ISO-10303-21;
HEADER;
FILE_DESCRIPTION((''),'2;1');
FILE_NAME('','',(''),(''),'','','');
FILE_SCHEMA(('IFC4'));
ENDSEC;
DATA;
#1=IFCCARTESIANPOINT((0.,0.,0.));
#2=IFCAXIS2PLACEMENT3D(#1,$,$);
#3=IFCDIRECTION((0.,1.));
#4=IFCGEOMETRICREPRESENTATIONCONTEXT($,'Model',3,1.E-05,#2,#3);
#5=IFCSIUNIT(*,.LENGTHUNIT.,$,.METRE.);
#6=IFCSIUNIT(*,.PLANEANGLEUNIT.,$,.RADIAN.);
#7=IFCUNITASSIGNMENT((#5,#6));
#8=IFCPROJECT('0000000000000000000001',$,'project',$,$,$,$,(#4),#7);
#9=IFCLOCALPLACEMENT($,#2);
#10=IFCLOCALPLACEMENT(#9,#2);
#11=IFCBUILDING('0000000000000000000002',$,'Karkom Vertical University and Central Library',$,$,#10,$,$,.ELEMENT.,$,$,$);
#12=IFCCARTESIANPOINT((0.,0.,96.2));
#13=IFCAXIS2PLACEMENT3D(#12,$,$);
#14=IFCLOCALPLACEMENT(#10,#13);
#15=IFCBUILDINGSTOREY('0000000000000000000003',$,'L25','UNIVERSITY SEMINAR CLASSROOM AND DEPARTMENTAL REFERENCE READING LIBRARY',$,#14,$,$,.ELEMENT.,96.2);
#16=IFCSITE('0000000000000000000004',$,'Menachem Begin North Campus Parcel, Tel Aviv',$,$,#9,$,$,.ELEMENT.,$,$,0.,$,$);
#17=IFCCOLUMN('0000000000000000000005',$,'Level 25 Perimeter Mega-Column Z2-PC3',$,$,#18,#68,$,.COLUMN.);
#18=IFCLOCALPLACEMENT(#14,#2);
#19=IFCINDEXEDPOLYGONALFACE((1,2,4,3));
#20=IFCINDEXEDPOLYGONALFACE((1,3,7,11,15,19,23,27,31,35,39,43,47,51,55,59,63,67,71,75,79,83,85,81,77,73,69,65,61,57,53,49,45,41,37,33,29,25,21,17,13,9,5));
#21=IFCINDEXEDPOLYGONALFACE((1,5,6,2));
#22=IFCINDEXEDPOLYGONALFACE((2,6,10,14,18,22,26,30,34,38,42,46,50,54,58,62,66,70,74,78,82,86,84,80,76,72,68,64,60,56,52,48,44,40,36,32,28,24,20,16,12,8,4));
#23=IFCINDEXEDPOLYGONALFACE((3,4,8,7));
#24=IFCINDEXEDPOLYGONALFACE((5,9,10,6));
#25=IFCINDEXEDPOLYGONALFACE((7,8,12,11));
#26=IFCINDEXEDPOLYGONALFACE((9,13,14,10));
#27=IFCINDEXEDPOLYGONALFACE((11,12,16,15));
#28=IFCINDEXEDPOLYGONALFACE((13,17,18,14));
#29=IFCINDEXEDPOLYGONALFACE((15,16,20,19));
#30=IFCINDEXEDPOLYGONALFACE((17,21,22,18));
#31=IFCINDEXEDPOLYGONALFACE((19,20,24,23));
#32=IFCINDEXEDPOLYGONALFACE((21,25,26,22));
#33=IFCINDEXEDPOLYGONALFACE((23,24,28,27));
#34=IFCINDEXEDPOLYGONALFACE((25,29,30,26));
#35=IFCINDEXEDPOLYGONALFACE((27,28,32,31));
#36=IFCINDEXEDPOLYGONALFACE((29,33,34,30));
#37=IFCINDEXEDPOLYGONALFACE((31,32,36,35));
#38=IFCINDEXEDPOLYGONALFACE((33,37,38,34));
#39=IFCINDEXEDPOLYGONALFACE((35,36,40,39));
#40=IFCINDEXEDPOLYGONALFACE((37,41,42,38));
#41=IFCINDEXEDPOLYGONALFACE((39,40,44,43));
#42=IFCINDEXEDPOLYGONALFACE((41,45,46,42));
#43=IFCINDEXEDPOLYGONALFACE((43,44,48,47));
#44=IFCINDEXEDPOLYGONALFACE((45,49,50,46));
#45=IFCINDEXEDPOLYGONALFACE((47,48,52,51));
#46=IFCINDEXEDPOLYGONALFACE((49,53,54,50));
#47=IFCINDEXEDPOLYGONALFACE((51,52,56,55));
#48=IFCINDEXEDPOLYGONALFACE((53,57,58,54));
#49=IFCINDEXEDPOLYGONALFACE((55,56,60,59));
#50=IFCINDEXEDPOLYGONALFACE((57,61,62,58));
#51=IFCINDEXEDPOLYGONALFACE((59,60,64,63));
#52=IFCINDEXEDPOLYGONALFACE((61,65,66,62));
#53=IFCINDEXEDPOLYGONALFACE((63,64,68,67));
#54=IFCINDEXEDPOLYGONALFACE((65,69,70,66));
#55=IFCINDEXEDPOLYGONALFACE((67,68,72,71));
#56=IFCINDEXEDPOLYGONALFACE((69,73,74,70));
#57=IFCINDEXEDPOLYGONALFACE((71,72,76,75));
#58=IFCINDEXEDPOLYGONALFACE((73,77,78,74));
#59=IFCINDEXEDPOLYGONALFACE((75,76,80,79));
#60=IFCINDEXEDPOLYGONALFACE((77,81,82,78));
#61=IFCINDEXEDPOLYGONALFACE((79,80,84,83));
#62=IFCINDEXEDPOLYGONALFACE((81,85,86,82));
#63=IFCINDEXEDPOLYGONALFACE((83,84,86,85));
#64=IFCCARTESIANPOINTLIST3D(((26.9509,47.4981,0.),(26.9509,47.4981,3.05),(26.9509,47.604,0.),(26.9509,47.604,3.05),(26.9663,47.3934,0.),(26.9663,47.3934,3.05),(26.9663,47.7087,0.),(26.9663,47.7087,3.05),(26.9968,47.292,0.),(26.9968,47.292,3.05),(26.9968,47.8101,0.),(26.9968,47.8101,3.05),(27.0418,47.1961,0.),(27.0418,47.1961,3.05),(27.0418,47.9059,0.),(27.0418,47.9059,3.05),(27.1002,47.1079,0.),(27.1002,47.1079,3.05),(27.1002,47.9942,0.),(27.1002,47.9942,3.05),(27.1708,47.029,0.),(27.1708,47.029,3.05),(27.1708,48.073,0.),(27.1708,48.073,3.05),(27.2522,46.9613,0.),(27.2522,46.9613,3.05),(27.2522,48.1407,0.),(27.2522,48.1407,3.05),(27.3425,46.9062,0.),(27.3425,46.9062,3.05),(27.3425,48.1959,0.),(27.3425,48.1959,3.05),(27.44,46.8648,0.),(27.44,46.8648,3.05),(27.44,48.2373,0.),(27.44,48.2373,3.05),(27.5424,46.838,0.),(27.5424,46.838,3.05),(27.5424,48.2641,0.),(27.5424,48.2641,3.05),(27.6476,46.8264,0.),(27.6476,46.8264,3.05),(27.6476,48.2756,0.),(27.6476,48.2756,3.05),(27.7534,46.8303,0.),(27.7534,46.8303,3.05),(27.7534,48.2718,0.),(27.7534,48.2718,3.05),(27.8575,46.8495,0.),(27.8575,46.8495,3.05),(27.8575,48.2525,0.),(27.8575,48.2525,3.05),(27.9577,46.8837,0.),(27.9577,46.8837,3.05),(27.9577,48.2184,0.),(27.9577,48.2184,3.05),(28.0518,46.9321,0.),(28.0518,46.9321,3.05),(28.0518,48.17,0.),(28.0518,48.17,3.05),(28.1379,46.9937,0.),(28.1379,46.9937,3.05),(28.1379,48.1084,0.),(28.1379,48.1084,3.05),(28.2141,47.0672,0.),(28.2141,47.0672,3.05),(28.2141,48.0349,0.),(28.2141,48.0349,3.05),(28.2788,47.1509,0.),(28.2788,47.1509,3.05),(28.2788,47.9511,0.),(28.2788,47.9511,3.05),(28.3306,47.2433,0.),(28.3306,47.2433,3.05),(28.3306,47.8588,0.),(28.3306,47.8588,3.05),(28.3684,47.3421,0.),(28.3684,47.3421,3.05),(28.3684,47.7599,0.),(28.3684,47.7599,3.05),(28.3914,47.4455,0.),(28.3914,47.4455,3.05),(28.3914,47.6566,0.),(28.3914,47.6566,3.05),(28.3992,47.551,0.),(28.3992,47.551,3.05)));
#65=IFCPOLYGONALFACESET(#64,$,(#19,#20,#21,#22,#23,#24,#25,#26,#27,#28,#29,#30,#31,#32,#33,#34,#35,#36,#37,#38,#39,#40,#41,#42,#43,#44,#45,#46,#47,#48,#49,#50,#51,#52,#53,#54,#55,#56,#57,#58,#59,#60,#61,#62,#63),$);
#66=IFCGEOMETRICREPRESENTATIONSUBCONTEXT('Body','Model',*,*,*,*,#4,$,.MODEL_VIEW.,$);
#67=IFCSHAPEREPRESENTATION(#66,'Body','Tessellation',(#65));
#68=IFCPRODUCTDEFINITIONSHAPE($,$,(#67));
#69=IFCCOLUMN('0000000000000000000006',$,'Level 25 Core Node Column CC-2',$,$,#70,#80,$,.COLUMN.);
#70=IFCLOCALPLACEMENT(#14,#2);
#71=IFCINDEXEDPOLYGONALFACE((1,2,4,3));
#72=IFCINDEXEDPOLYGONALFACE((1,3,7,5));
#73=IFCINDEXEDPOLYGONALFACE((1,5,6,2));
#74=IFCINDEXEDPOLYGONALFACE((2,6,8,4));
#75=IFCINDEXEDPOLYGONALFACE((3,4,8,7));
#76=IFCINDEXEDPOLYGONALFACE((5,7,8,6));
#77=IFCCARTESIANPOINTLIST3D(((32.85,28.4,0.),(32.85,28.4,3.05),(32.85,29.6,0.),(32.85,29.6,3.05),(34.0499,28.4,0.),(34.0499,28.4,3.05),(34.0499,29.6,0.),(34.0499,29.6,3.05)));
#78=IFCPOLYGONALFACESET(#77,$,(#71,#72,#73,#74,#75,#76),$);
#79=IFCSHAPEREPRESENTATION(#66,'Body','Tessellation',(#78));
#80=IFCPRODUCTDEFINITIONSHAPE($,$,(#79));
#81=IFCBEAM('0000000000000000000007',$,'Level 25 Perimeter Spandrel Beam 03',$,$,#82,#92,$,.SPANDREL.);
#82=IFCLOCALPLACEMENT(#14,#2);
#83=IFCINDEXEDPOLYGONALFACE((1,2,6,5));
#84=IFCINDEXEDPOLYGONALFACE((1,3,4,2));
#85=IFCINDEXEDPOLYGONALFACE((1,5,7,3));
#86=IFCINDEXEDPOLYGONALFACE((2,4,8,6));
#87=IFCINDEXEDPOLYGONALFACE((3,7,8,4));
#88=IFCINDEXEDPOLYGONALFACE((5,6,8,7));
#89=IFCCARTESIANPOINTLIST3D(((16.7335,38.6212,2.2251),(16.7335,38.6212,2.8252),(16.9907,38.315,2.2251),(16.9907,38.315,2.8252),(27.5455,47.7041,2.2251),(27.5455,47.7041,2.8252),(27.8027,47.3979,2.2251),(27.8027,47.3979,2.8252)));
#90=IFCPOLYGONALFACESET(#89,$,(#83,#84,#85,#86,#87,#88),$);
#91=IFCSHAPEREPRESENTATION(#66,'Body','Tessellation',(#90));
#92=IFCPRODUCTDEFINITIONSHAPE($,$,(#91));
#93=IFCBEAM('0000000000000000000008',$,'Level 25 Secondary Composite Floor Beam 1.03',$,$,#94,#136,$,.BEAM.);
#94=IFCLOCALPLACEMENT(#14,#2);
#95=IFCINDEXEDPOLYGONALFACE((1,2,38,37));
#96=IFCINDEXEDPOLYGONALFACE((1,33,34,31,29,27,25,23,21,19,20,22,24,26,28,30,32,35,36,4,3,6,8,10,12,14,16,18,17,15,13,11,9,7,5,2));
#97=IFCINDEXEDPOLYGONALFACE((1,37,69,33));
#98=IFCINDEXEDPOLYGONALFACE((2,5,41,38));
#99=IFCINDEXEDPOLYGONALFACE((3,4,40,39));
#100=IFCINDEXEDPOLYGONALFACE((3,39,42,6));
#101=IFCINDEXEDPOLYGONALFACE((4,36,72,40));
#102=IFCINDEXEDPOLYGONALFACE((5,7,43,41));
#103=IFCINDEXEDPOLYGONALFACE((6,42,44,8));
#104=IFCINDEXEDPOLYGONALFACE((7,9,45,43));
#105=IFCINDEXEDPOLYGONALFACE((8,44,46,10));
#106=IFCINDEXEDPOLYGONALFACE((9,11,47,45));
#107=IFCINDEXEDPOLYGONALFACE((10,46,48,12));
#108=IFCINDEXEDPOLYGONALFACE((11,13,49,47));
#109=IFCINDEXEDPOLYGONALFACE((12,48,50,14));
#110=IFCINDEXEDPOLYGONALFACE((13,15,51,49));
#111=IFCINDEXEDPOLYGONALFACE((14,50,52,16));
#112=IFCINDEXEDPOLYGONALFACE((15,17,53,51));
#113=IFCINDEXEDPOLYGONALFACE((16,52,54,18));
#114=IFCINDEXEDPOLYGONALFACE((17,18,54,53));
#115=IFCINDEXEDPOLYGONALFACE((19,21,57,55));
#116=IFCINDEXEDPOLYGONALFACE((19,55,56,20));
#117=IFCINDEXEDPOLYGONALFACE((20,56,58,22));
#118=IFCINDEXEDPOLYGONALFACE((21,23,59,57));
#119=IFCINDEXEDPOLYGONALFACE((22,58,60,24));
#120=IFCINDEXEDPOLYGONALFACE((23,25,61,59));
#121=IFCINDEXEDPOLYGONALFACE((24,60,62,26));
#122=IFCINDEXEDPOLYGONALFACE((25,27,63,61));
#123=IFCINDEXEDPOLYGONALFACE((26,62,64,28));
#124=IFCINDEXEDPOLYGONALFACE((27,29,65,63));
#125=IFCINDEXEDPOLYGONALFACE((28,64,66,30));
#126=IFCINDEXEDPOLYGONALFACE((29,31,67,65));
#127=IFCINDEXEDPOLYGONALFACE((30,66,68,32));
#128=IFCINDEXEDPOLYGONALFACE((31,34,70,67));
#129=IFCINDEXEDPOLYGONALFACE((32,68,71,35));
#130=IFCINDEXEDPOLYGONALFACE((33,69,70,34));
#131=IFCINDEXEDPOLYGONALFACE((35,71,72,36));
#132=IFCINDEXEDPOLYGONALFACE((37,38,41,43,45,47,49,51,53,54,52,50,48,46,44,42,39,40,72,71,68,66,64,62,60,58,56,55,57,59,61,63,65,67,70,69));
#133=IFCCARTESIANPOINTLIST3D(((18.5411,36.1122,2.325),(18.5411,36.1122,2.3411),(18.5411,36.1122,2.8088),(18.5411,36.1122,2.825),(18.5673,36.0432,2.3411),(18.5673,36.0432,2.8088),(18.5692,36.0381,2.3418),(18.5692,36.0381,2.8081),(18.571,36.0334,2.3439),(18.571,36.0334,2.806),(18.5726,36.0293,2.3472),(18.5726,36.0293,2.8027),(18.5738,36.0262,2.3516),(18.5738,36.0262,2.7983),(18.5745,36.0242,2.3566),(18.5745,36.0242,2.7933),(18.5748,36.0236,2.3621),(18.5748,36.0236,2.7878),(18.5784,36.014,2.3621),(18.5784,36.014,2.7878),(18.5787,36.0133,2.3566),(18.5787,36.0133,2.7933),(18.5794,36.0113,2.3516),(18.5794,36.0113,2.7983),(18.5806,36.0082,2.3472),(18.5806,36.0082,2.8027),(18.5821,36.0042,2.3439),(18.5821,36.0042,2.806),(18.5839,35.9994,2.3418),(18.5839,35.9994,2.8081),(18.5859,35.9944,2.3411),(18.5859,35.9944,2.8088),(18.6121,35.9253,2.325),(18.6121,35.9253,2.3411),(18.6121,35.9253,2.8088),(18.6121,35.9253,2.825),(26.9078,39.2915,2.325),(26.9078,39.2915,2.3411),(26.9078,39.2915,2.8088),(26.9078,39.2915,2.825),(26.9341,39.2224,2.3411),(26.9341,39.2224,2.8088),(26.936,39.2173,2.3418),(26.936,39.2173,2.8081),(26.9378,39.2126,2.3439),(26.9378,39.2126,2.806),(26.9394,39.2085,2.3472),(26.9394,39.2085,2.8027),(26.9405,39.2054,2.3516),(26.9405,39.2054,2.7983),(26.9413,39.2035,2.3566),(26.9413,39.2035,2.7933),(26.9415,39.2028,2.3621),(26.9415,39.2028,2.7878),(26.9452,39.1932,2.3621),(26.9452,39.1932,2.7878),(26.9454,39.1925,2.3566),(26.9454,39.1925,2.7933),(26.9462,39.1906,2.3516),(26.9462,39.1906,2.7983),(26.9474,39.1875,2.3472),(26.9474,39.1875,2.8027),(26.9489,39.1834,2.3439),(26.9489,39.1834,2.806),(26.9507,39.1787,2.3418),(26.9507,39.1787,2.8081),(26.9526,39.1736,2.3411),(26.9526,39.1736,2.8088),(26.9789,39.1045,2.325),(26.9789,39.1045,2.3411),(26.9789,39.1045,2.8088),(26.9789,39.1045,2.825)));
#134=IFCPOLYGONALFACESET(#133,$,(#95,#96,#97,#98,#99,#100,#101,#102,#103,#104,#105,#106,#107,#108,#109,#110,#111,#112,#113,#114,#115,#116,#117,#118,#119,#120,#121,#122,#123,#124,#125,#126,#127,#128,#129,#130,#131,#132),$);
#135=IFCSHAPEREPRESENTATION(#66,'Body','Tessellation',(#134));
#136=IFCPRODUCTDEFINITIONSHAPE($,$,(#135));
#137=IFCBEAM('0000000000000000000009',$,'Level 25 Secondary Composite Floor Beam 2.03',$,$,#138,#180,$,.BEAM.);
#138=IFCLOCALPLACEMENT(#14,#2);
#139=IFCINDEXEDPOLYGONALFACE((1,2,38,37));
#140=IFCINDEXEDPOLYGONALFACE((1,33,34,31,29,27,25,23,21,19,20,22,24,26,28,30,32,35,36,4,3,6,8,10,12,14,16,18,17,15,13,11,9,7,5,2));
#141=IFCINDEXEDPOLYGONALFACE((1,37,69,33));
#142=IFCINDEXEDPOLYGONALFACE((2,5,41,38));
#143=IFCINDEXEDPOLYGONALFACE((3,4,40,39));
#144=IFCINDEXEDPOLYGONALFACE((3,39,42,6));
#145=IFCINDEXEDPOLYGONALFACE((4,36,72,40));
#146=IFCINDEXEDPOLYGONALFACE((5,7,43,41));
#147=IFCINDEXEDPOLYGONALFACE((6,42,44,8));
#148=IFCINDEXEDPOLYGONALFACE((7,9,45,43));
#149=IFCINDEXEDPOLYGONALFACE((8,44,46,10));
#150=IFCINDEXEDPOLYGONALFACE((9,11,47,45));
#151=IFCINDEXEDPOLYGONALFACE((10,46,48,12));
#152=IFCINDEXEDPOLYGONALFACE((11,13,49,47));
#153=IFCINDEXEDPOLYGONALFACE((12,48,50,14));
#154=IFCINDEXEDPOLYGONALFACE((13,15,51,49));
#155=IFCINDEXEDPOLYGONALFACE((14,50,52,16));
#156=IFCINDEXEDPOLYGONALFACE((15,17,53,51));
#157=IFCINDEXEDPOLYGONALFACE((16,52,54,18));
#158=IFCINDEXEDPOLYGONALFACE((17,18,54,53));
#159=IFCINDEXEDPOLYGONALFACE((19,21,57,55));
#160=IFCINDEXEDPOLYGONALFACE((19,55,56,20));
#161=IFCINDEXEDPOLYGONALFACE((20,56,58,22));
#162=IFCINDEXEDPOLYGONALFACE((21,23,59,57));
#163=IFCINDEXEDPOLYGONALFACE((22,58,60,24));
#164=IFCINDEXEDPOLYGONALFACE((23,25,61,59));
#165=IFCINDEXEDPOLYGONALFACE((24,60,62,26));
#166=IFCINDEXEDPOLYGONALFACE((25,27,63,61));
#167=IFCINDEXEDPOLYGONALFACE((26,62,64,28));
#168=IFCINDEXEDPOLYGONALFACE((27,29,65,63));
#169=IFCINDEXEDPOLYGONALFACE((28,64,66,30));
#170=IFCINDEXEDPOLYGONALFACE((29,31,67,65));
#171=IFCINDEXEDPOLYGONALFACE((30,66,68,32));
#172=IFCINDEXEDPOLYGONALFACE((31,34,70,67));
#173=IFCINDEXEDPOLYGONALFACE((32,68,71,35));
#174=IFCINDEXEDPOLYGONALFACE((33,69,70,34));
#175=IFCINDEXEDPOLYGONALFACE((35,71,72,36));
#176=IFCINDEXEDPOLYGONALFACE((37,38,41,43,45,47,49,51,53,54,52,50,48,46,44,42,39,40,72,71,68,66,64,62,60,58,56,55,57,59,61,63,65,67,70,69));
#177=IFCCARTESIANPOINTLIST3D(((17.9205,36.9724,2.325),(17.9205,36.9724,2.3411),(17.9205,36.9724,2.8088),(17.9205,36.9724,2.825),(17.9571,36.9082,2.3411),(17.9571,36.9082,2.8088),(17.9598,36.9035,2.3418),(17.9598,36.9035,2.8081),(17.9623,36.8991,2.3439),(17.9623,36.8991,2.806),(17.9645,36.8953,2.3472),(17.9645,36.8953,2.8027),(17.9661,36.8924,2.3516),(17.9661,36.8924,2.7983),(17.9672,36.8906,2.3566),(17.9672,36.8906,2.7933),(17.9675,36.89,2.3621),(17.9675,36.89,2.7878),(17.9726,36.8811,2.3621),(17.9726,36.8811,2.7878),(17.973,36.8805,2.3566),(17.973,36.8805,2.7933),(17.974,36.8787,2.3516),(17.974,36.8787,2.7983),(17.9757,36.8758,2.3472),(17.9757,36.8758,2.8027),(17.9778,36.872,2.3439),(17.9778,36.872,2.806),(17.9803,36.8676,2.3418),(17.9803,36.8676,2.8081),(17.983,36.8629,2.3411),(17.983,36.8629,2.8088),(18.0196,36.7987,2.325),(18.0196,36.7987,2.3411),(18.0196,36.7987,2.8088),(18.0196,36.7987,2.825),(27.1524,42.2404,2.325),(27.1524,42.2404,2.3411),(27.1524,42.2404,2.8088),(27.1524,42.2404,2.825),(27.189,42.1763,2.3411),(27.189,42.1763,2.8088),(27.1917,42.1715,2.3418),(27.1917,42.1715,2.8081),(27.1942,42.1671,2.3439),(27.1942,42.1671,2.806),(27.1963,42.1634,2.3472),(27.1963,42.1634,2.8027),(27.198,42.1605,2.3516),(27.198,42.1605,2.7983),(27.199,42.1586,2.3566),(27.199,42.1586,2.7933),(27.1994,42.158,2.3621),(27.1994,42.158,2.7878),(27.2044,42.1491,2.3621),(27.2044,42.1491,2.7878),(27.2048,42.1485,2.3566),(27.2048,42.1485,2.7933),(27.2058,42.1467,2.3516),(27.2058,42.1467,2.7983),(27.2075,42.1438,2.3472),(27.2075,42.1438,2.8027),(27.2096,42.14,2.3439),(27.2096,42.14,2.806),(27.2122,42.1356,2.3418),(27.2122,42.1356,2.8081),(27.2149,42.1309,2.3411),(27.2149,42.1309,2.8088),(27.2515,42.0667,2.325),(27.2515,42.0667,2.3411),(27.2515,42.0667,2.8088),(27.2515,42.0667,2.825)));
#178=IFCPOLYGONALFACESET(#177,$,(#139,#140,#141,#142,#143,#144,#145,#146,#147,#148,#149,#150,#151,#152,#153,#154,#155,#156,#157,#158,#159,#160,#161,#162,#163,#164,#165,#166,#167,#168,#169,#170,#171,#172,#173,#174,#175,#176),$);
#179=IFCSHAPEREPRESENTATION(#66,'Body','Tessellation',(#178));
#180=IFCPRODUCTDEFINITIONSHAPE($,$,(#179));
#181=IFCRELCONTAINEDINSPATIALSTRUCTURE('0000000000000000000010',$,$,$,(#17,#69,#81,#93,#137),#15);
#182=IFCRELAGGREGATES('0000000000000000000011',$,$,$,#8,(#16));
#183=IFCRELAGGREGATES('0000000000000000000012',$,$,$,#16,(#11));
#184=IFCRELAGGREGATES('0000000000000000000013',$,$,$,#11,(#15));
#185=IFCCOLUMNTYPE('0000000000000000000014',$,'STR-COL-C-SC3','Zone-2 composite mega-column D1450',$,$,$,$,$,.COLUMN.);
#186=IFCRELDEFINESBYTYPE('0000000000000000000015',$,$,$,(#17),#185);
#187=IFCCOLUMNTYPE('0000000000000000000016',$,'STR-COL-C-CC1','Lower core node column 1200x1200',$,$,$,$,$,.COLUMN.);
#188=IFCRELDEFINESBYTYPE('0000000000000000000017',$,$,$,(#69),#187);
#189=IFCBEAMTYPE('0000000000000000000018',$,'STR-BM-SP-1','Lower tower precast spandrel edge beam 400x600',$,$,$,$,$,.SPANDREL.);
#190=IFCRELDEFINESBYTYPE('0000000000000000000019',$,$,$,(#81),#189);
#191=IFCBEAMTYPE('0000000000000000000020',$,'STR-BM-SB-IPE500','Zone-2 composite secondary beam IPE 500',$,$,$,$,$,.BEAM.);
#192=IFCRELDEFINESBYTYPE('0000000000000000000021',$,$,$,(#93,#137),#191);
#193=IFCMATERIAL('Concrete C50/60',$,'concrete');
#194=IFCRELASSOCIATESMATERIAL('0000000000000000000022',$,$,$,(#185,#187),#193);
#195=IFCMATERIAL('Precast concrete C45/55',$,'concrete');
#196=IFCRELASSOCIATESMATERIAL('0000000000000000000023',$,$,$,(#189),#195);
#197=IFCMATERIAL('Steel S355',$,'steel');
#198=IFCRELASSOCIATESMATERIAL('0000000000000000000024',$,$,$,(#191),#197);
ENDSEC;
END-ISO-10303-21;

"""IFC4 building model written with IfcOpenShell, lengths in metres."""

from ifc_helpers import new_model, si_unit, direction, frame, origin, origin_with_axes, origin_2d, place, context, subcontext, project, spatial, rectangle, circle, i_section, extrude, source, transform, mapped, material, material_profile, profile_set, type_object, element, save


model = new_model("IFC4")

# Units and contexts
model_context = context("Model", 3, precision=1e-05, world=origin(), true_north=direction((0.0, 1.0)))
body_context = subcontext(model_context, "Body", "Model", "MODEL_VIEW")
ifc_project = project(units=[si_unit("LENGTHUNIT", "METRE"), si_unit("PLANEANGLEUNIT", "RADIAN")], contexts=[model_context])

# Site, building, storey
site_placement = place(None, origin())
site = spatial("IfcSite", under=ifc_project, at=site_placement, Name="Menachem Begin North Campus Parcel, Tel Aviv", CompositionType="ELEMENT", RefElevation=0.0)
building_placement = place(site_placement, origin())
building = spatial("IfcBuilding", under=site, at=building_placement, Name="Karkom Vertical University and Central Library", CompositionType="ELEMENT")
storey_placement = place(building_placement, frame((0.0, 0.0, 96.2)))
storey = spatial("IfcBuildingStorey", under=building, at=storey_placement, Name="L25", Description="UNIVERSITY SEMINAR CLASSROOM AND DEPARTMENTAL REFERENCE READING LIBRARY", CompositionType="ELEMENT", Elevation=96.2)

# Columns
ifc_material_1 = material(Name="Concrete C50/60", Category="concrete")
ifc_material_profile_1 = material_profile(ifc_material_1, circle(Radius=0.7251, at=origin_2d()), Name="CFT-D1450")
ifc_profile_set_1 = profile_set([ifc_material_profile_1], Name="Concrete C50/60")
column_type_1 = type_object("IfcColumnType", Name="STR-COL-C-SC3", Description="Zone-2 composite mega-column D1450", PredefinedType="COLUMN", material=ifc_profile_set_1)
shared_shape_1 = source(origin_with_axes(), body_context, "Body", "SweptSolid", [
    extrude(circle(Radius=0.7251, at=origin_2d()), origin(), (0.0, 0.0, 1.0), 3.05),
])
column_1_placement = place(storey_placement, frame((27.6741, 47.551, 0.0), z_axis=(0.0, 0.0, 1.0), x_axis=(1.0, 0.0, 0.0)))
element("IfcColumn", 1, at=column_1_placement, inside=storey, type_object=column_type_1, Name="Level 25 Perimeter Mega-Column Z2-PC3", PredefinedType="COLUMN", context=body_context, shape_type="MappedRepresentation", body=[
    mapped(shared_shape_1, transform((0.0, 0.0, 0.0), scale=1.0)),
])
ifc_material_profile_2 = material_profile(ifc_material_1, rectangle(XDim=1.2, YDim=1.2, at=origin_2d()), Name="RC-1200x1200")
ifc_profile_set_2 = profile_set([ifc_material_profile_2], Name="Concrete C50/60")
column_type_2 = type_object("IfcColumnType", Name="STR-COL-C-CC1", Description="Lower core node column 1200x1200", PredefinedType="COLUMN", material=ifc_profile_set_2)
shared_shape_2 = source(origin_with_axes(), body_context, "Body", "SweptSolid", [
    extrude(rectangle(XDim=1.2, YDim=1.2, at=origin_2d()), origin(), (0.0, 0.0, 1.0), 3.05),
])
column_2_placement = place(storey_placement, frame((33.45, 29.0, 0.0), z_axis=(0.0, 0.0, 1.0), x_axis=(1.0, 0.0, 0.0)))
element("IfcColumn", 2, at=column_2_placement, inside=storey, type_object=column_type_2, Name="Level 25 Core Node Column CC-2", PredefinedType="COLUMN", context=body_context, shape_type="MappedRepresentation", body=[
    mapped(shared_shape_2, transform((0.0, 0.0, 0.0), scale=1.0)),
])

# Beams
ifc_material_2 = material(Name="Precast concrete C45/55", Category="concrete")
ifc_material_profile_3 = material_profile(ifc_material_2, rectangle(XDim=0.3999, YDim=0.6001, at=origin_2d()), Name="SPB-400x600")
ifc_profile_set_3 = profile_set([ifc_material_profile_3], Name="Precast concrete C45/55")
beam_type_1 = type_object("IfcBeamType", Name="STR-BM-SP-1", Description="Lower tower precast spandrel edge beam 400x600", PredefinedType="SPANDREL", material=ifc_profile_set_3)
shared_shape_3 = source(origin_with_axes(), body_context, "Body", "SweptSolid", [
    extrude(rectangle(XDim=0.3999, YDim=0.6001, at=origin_2d()), origin(), (0.0, 0.0, 1.0), 14.1208),
])
beam_1_placement = place(storey_placement, frame((27.6741, 47.551, 2.5251), z_axis=(-0.765673, -0.64323, 0.0), x_axis=(0.64323, -0.765673, 0.0)))
element("IfcBeam", 3, at=beam_1_placement, inside=storey, type_object=beam_type_1, Name="Level 25 Perimeter Spandrel Beam 03", PredefinedType="SPANDREL", context=body_context, shape_type="MappedRepresentation", body=[
    mapped(shared_shape_3, transform((0.0, 0.0, 0.0), scale=1.0)),
])
ifc_material_3 = material(Name="Steel S355", Category="steel")
ifc_material_profile_4 = material_profile(ifc_material_3, i_section(OverallWidth=0.2, OverallDepth=0.5, WebThickness=0.0103, FlangeThickness=0.0161, FilletRadius=0.021, at=origin_2d()), Name="IPE 500")
ifc_profile_set_4 = profile_set([ifc_material_profile_4], Name="Steel S355")
beam_type_2 = type_object("IfcBeamType", Name="STR-BM-SB-IPE500", Description="Zone-2 composite secondary beam IPE 500", PredefinedType="BEAM", material=ifc_profile_set_4)
shared_shape_4 = source(origin_with_axes(), body_context, "Body", "SweptSolid", [
    extrude(i_section(OverallWidth=0.2, OverallDepth=0.5, WebThickness=0.0103, FlangeThickness=0.0161, FilletRadius=0.021, at=origin_2d()), origin(), (0.0, 0.0, 1.0), 8.9504),
])
beam_2_placement = place(storey_placement, frame((26.9434, 39.198, 2.575), z_axis=(-0.934789, -0.355203, 0.0), x_axis=(0.355203, -0.934789, 0.0)))
element("IfcBeam", 4, at=beam_2_placement, inside=storey, type_object=beam_type_2, Name="Level 25 Secondary Composite Floor Beam 1.03", PredefinedType="BEAM", context=body_context, shape_type="MappedRepresentation", body=[
    mapped(shared_shape_4, transform((0.0, 0.0, 0.0), scale=1.0)),
])
shared_shape_5 = source(origin_with_axes(), body_context, "Body", "SweptSolid", [
    extrude(i_section(OverallWidth=0.2, OverallDepth=0.5, WebThickness=0.0103, FlangeThickness=0.0161, FilletRadius=0.021, at=origin_2d()), origin(), (0.0, 0.0, 1.0), 10.6292),
])
beam_3_placement = place(storey_placement, frame((27.2019, 42.1536, 2.575), z_axis=(-0.86854, -0.495619, 0.0), x_axis=(0.495619, -0.86854, 0.0)))
element("IfcBeam", 5, at=beam_3_placement, inside=storey, type_object=beam_type_2, Name="Level 25 Secondary Composite Floor Beam 2.03", PredefinedType="BEAM", context=body_context, shape_type="MappedRepresentation", body=[
    mapped(shared_shape_5, transform((0.0, 0.0, 0.0), scale=1.0)),
])

save(model, "model.ifc")
